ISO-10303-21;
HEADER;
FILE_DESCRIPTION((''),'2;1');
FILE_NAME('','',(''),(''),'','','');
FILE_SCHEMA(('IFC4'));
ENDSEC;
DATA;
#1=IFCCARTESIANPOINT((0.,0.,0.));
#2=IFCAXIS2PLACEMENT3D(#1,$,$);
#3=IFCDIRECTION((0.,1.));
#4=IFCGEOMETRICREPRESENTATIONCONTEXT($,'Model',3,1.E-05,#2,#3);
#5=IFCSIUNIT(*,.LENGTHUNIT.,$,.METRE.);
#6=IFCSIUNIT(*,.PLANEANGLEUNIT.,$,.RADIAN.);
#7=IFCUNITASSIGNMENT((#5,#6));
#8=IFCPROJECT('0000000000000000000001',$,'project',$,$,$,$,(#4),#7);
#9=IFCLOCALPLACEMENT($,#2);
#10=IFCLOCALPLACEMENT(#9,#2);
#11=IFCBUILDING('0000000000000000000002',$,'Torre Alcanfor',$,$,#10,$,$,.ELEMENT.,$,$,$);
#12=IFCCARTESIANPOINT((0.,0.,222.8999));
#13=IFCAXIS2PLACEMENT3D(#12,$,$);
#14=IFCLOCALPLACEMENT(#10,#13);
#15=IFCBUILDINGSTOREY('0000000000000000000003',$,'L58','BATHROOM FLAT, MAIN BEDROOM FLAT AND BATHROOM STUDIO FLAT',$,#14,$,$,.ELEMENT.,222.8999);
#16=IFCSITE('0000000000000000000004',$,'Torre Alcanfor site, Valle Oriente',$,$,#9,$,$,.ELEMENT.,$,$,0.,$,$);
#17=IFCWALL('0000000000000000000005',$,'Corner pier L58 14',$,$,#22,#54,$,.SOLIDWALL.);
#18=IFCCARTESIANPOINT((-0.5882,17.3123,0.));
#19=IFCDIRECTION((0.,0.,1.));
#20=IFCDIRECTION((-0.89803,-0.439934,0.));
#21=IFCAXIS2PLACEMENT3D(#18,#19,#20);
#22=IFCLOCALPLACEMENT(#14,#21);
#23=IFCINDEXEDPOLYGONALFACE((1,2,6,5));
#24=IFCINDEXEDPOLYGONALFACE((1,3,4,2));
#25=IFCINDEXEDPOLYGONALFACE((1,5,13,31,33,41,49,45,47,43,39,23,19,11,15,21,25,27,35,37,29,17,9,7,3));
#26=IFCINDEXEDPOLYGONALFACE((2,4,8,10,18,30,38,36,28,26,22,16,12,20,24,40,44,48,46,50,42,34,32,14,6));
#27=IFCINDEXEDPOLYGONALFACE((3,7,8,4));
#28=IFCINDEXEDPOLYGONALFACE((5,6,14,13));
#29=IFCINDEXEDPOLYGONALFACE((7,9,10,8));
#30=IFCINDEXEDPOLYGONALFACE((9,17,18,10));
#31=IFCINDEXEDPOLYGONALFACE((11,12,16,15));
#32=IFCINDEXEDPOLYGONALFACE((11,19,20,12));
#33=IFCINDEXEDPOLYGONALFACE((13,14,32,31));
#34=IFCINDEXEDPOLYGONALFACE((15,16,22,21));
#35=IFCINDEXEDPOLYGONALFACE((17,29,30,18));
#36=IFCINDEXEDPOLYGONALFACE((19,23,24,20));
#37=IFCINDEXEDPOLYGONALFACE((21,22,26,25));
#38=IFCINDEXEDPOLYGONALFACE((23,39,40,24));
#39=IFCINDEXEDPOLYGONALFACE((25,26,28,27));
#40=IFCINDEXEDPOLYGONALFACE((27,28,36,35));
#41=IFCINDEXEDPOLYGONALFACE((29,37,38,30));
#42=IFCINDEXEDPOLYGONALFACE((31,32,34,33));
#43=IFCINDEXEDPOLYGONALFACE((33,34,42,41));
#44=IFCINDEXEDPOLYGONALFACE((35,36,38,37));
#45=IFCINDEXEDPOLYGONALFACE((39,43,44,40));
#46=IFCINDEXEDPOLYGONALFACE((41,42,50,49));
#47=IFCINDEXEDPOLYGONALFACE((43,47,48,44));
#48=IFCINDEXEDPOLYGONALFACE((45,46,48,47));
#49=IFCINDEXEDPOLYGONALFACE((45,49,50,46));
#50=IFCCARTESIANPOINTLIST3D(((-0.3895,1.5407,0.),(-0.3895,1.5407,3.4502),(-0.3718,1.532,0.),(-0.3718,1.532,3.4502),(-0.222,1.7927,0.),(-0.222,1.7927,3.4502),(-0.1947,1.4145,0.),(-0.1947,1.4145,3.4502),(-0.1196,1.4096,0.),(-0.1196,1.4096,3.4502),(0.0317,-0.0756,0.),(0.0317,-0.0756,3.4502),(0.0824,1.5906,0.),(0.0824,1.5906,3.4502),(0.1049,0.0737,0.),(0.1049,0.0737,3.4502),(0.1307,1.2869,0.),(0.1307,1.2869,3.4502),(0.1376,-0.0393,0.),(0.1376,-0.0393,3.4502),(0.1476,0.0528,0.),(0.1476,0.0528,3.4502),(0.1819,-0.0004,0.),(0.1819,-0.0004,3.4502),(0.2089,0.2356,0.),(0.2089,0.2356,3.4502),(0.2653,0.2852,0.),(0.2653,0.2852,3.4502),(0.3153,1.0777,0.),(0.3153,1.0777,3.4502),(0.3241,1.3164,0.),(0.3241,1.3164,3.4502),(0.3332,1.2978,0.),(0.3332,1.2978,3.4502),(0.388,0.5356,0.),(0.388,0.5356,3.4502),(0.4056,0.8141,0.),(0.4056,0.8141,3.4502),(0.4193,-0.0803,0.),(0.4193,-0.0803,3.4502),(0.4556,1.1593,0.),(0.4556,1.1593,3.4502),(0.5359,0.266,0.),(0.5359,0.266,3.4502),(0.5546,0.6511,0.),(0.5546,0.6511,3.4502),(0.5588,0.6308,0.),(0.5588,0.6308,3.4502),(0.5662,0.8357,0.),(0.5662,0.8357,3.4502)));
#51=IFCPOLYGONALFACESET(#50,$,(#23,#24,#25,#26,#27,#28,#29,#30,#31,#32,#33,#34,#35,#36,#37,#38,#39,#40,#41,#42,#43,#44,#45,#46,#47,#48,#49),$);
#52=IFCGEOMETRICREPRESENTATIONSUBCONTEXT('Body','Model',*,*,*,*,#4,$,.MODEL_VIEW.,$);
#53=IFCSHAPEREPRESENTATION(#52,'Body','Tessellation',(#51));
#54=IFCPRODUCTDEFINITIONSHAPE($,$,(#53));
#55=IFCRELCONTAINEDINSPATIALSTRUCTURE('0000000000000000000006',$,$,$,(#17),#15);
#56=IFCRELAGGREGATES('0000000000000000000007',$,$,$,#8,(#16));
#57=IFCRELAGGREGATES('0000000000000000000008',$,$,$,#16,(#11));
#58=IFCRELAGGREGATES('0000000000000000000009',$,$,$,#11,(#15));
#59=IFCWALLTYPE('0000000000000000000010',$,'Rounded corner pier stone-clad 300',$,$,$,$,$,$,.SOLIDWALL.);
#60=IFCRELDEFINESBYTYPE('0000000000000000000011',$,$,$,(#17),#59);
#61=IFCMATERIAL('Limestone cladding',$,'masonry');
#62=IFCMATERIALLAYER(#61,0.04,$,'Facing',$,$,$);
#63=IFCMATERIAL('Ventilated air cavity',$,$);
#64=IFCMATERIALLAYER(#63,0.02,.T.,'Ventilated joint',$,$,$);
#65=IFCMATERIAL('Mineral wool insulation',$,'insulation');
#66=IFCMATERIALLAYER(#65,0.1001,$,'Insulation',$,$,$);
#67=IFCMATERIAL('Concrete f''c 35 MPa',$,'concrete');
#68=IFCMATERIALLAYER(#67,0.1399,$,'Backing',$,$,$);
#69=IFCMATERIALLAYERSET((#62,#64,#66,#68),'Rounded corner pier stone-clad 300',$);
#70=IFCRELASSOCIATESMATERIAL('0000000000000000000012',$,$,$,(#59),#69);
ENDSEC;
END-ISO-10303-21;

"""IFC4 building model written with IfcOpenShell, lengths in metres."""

from ifc_helpers import new_model, si_unit, direction, frame, origin, place, context, subcontext, project, spatial, polyline, outline, extrude, material, layer, layer_set, type_object, element, save


model = new_model("IFC4")

# Units and contexts
model_context = context("Model", 3, precision=1e-05, world=origin(), true_north=direction((0.0, 1.0)))
body_context = subcontext(model_context, "Body", "Model", "MODEL_VIEW")
ifc_project = project(units=[si_unit("LENGTHUNIT", "METRE"), si_unit("PLANEANGLEUNIT", "RADIAN")], contexts=[model_context])

# Site, building, storey
site_placement = place(None, origin())
site = spatial("IfcSite", under=ifc_project, at=site_placement, Name="Torre Alcanfor site, Valle Oriente", CompositionType="ELEMENT", RefElevation=0.0)
building_placement = place(site_placement, origin())
building = spatial("IfcBuilding", under=site, at=building_placement, Name="Torre Alcanfor", CompositionType="ELEMENT")
storey_placement = place(building_placement, frame((0.0, 0.0, 222.8999)))
storey = spatial("IfcBuildingStorey", under=building, at=storey_placement, Name="L58", Description="BATHROOM FLAT, MAIN BEDROOM FLAT AND BATHROOM STUDIO FLAT", CompositionType="ELEMENT", Elevation=222.8999)

# Wall
ifc_material_1 = material(Name="Limestone cladding", Category="masonry")
ifc_layer_1 = layer(ifc_material_1, 0.04, Name="Facing")
ifc_material_2 = material(Name="Ventilated air cavity")
ifc_layer_2 = layer(ifc_material_2, 0.02, ventilated=True, Name="Ventilated joint")
ifc_material_3 = material(Name="Mineral wool insulation", Category="insulation")
ifc_layer_3 = layer(ifc_material_3, 0.1001, Name="Insulation")
ifc_material_4 = material(Name="Concrete f'c 35 MPa", Category="concrete")
ifc_layer_4 = layer(ifc_material_4, 0.1399, Name="Backing")
ifc_layer_set_1 = layer_set([ifc_layer_1, ifc_layer_2, ifc_layer_3, ifc_layer_4], Name="Rounded corner pier stone-clad 300")
wall_type_1 = type_object("IfcWallType", Name="Rounded corner pier stone-clad 300", PredefinedType="SOLIDWALL", material=ifc_layer_set_1)
wall_1_placement = place(storey_placement, frame((-0.5882, 17.3123, 0.0), z_axis=(0.0, 0.0, 1.0), x_axis=(-0.89803, -0.439934, 0.0)))
element("IfcWall", 1, at=wall_1_placement, inside=storey, type_object=wall_type_1, Name="Corner pier L58 14", PredefinedType="SOLIDWALL", context=body_context, shape_type="SweptSolid", body=[
    extrude(outline(polyline([(-0.222, 1.7927), (-0.3895, 1.5407), (-0.3718, 1.532), (-0.1947, 1.4145), (-0.1196, 1.4096), (0.1307, 1.2869), (0.3153, 1.0777), (0.4056, 0.8141), (0.388, 0.5356), (0.2653, 0.2852), (0.2089, 0.2356), (0.1476, 0.0528), (0.1049, 0.0737), (0.0317, -0.0756), (0.1376, -0.0393), (0.1819, -0.0004), (0.4193, -0.0803), (0.5359, 0.266), (0.5588, 0.6308), (0.5546, 0.6511), (0.5662, 0.8357), (0.4556, 1.1593), (0.3332, 1.2978), (0.3241, 1.3164), (0.0824, 1.5906), (-0.222, 1.7927)])), origin(), (0.0, 0.0, 1.0), 3.4502),
])

save(model, "model.ifc")
